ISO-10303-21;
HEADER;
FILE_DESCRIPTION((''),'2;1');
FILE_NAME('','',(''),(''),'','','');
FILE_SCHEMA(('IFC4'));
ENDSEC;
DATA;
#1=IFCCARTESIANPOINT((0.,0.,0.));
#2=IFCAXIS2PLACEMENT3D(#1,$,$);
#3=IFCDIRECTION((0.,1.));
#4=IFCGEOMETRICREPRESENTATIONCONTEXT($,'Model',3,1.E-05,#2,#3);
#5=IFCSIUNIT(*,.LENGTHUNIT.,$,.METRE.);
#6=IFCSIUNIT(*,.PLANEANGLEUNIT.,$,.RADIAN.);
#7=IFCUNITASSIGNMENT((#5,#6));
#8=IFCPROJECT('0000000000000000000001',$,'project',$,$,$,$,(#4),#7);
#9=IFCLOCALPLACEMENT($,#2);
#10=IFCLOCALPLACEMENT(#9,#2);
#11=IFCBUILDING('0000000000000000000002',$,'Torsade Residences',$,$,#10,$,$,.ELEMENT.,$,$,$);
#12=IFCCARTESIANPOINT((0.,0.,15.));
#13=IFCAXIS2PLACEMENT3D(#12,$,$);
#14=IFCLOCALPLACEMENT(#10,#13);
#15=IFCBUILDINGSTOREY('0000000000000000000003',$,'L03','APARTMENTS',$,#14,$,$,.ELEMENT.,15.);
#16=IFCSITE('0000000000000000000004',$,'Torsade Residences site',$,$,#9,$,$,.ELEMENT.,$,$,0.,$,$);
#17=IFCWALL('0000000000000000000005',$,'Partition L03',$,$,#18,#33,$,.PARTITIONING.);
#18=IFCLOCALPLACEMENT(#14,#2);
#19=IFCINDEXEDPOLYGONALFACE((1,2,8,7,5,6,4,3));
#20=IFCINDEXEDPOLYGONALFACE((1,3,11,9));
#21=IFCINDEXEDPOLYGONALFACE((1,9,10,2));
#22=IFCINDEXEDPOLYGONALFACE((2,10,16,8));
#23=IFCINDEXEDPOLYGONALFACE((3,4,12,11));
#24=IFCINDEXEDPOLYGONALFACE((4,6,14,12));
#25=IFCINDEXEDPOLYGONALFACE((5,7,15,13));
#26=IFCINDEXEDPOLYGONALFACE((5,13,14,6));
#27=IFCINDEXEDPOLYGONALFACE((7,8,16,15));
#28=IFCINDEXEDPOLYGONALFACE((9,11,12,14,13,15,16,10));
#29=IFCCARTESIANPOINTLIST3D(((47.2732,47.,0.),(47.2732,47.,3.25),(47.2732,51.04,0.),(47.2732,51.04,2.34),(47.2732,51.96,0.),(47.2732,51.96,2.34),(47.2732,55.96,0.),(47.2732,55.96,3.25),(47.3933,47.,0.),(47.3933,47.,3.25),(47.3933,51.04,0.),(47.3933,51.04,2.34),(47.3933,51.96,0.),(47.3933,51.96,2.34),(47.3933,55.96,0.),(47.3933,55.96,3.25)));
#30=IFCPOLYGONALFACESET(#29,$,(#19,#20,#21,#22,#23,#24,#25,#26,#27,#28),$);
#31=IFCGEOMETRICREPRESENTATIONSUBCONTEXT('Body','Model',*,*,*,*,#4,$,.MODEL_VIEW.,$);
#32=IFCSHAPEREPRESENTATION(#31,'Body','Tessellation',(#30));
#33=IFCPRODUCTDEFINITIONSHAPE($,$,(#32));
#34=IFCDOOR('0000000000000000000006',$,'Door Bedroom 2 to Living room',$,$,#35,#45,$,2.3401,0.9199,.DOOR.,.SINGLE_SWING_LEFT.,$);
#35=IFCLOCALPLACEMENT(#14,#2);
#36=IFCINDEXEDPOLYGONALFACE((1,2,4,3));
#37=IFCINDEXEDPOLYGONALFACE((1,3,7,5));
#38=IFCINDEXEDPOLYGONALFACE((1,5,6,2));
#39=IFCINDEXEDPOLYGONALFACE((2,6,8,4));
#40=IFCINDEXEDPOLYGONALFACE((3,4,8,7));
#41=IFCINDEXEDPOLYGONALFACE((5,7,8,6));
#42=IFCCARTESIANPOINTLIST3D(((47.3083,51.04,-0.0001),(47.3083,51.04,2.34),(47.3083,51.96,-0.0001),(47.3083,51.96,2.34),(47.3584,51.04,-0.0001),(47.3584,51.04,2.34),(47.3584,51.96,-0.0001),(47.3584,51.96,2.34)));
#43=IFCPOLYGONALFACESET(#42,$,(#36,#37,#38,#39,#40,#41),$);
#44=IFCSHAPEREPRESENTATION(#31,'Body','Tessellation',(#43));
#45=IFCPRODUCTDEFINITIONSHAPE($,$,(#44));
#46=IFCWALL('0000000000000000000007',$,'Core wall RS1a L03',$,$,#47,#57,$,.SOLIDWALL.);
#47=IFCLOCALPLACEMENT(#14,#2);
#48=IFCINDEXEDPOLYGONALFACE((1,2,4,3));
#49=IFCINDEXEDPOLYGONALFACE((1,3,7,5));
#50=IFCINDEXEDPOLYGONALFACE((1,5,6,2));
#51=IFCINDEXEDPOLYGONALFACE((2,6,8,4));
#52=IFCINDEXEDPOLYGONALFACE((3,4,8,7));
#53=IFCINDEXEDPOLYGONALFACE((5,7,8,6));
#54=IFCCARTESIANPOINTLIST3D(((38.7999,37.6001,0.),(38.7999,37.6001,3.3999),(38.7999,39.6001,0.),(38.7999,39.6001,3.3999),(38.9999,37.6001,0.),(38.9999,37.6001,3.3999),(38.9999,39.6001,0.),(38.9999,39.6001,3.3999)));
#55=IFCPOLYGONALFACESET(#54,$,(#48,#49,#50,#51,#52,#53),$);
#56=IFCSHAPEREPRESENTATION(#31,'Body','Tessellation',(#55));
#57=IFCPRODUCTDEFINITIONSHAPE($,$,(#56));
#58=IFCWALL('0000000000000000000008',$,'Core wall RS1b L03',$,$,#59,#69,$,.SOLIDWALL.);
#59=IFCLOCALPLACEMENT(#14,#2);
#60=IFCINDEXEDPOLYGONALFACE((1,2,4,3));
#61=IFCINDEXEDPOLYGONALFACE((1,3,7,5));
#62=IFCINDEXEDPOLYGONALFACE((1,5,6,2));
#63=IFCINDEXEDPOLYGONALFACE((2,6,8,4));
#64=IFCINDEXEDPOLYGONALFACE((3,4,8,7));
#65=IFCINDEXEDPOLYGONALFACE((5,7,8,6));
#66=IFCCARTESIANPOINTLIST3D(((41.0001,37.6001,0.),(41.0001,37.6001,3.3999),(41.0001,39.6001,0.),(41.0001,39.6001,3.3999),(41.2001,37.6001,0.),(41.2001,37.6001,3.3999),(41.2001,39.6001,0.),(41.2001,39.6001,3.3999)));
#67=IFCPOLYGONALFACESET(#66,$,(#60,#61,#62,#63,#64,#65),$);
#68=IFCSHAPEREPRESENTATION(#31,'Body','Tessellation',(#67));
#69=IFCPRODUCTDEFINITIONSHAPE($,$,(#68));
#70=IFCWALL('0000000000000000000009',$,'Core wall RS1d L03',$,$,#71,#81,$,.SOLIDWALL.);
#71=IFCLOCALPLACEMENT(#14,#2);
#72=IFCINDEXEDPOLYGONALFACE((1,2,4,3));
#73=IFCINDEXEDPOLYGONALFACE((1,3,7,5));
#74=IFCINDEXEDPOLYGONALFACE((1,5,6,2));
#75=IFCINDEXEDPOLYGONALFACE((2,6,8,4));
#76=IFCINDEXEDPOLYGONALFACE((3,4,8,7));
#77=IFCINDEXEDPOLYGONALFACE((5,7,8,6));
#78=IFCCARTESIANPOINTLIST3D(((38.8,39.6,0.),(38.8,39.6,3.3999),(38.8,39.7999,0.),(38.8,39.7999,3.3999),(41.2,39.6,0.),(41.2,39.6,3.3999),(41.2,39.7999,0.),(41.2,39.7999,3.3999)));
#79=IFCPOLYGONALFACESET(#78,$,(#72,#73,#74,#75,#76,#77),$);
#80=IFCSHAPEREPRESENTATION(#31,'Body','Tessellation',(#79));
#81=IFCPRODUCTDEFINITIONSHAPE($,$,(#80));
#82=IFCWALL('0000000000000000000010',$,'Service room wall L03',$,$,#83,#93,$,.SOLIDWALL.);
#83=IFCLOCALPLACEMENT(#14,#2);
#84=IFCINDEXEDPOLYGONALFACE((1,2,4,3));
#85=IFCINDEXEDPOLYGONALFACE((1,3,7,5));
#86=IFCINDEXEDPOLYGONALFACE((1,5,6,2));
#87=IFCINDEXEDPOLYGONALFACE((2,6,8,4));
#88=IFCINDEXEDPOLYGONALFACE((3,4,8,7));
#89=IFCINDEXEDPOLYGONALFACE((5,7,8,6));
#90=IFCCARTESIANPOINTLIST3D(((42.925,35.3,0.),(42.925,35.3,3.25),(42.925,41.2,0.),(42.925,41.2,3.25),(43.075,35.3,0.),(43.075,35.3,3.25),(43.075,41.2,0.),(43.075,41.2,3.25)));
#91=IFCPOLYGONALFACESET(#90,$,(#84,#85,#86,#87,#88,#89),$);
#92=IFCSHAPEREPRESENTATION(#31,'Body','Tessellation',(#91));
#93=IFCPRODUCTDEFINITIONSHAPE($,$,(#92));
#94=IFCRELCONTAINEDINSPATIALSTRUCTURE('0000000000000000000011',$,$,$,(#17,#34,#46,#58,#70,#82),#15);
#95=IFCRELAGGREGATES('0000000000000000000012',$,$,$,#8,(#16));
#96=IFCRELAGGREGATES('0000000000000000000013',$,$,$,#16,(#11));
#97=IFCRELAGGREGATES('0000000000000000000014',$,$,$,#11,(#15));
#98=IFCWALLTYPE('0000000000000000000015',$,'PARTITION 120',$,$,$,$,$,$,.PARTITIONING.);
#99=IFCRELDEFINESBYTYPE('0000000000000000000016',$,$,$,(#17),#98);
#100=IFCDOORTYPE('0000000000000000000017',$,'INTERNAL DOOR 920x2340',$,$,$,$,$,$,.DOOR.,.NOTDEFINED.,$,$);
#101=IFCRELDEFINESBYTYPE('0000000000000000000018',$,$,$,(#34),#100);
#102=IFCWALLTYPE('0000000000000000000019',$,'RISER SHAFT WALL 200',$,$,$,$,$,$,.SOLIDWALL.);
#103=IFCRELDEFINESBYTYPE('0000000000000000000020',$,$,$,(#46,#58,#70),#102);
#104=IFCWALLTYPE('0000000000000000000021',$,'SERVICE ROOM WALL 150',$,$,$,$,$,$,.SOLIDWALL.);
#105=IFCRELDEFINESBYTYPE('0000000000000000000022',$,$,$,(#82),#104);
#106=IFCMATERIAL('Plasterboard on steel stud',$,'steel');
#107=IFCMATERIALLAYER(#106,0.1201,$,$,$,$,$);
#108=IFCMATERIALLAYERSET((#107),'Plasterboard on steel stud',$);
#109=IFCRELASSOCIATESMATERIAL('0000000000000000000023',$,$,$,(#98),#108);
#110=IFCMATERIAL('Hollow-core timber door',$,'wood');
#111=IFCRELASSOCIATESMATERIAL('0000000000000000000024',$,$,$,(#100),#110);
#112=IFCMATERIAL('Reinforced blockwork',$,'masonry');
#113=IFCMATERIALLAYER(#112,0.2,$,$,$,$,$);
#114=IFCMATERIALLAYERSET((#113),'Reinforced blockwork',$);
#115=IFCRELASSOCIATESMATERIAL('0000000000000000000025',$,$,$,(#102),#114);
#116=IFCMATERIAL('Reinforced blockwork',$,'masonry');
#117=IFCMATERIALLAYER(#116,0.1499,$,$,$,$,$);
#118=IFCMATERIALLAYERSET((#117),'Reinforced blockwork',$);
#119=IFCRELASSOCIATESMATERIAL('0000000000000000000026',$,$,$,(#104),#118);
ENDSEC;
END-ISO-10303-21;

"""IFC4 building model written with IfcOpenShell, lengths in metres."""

from ifc_helpers import new_model, si_unit, direction, frame, frame_2d, origin, place, context, subcontext, project, spatial, rectangle, extrude, material, layer, layer_set, type_object, element, fill, save


model = new_model("IFC4")

# Units and contexts
model_context = context("Model", 3, precision=1e-05, world=origin(), true_north=direction((0.0, 1.0)))
body_context = subcontext(model_context, "Body", "Model", "MODEL_VIEW")
ifc_project = project(units=[si_unit("LENGTHUNIT", "METRE"), si_unit("PLANEANGLEUNIT", "RADIAN")], contexts=[model_context])

# Site, building, storey
site_placement = place(None, origin())
site = spatial("IfcSite", under=ifc_project, at=site_placement, Name="Torsade Residences site", CompositionType="ELEMENT", RefElevation=0.0)
building_placement = place(site_placement, origin())
building = spatial("IfcBuilding", under=site, at=building_placement, Name="Torsade Residences", CompositionType="ELEMENT")
storey_placement = place(building_placement, frame((0.0, 0.0, 15.0)))
storey = spatial("IfcBuildingStorey", under=building, at=storey_placement, Name="L03", Description="APARTMENTS", CompositionType="ELEMENT", Elevation=15.0)

# Wall, opening, door
ifc_material_1 = material(Name="Plasterboard on steel stud", Category="steel")
ifc_layer_1 = layer(ifc_material_1, 0.1201)
ifc_layer_set_1 = layer_set([ifc_layer_1], Name="Plasterboard on steel stud")
wall_type_1 = type_object("IfcWallType", Name="PARTITION 120", PredefinedType="PARTITIONING", material=ifc_layer_set_1)
wall_1_placement = place(storey_placement, frame((47.3333, 47.0, 0.0), z_axis=(0.0, 0.0, 1.0), x_axis=(0.0, 1.0, 0.0)))
wall_1 = element("IfcWall", 1, at=wall_1_placement, inside=storey, type_object=wall_type_1, Name="Partition L03", PredefinedType="PARTITIONING", context=body_context, shape_type="SweptSolid", body=[
    extrude(rectangle(XDim=8.96, YDim=0.1201, at=frame_2d((4.48, 0.0))), origin(), (0.0, 0.0, 1.0), 3.25),
])
opening_1_placement = place(wall_1_placement, frame((4.04, 0.0, 0.0)))
opening_1 = element("IfcOpeningElement", 2, at=opening_1_placement, cuts=wall_1, PredefinedType="OPENING", context=body_context, shape_type="SweptSolid", body=[
    extrude(rectangle(XDim=0.9199, YDim=2.3401, at=frame_2d((0.46, 1.1699))), frame((0.0, 0.0701, 0.0), z_axis=(0.0, -1.0, 0.0), x_axis=(1.0, 0.0, 0.0)), (0.0, 0.0, 1.0), 0.1401),
])
ifc_material_2 = material(Name="Hollow-core timber door", Category="wood")
door_type_1 = type_object("IfcDoorType", Name="INTERNAL DOOR 920x2340", OperationType="NOTDEFINED", PredefinedType="DOOR", material=ifc_material_2)
door_1_placement = place(opening_1_placement, origin())
door_1 = element("IfcDoor", 3, at=door_1_placement, inside=storey, type_object=door_type_1, Name="Door Bedroom 2 to Living room", OperationType="SINGLE_SWING_LEFT", OverallHeight=2.3401, OverallWidth=0.9199, PredefinedType="DOOR", context=body_context, shape_type="SweptSolid", body=[
    extrude(rectangle(XDim=0.9199, YDim=2.3401, at=frame_2d((0.46, 1.1699))), frame((0.0, 0.0249, 0.0), z_axis=(0.0, -1.0, 0.0), x_axis=(1.0, 0.0, 0.0)), (0.0, 0.0, 1.0), 0.05),
])
fill(opening_1, door_1)

# Walls
ifc_material_3 = material(Name="Reinforced blockwork", Category="masonry")
ifc_layer_2 = layer(ifc_material_3, 0.2)
ifc_layer_set_2 = layer_set([ifc_layer_2], Name="Reinforced blockwork")
wall_type_2 = type_object("IfcWallType", Name="RISER SHAFT WALL 200", PredefinedType="SOLIDWALL", material=ifc_layer_set_2)
for number, where, z_axis, x_axis, name in (
    (4, (38.8999, 37.6001, 0.0), (0.0, 0.0, 1.0), (0.0, 1.0, 0.0), "Core wall RS1a L03"),
    (5, (41.1001, 37.6001, 0.0), (0.0, 0.0, 1.0), (0.0, 1.0, 0.0), "Core wall RS1b L03"),
):
    element("IfcWall", number, at=place(storey_placement, frame(where, z_axis=z_axis, x_axis=x_axis)), inside=storey, type_object=wall_type_2, Name=name, PredefinedType="SOLIDWALL", context=body_context, shape_type="SweptSolid", body=[
        extrude(rectangle(XDim=2.0, YDim=0.2, at=frame_2d((1.0, 0.0))), origin(), (0.0, 0.0, 1.0), 3.3999),
    ])
wall_2_placement = place(storey_placement, frame((38.8, 39.7, 0.0), z_axis=(0.0, 0.0, 1.0), x_axis=(1.0, 0.0, 0.0)))
element("IfcWall", 6, at=wall_2_placement, inside=storey, type_object=wall_type_2, Name="Core wall RS1d L03", PredefinedType="SOLIDWALL", context=body_context, shape_type="SweptSolid", body=[
    extrude(rectangle(XDim=2.3999, YDim=0.2, at=frame_2d((1.2, 0.0))), origin(), (0.0, 0.0, 1.0), 3.3999),
])
ifc_material_4 = material(Name="Reinforced blockwork", Category="masonry")
ifc_layer_3 = layer(ifc_material_4, 0.1499)
ifc_layer_set_3 = layer_set([ifc_layer_3], Name="Reinforced blockwork")
wall_type_3 = type_object("IfcWallType", Name="SERVICE ROOM WALL 150", PredefinedType="SOLIDWALL", material=ifc_layer_set_3)
wall_3_placement = place(storey_placement, frame((43.0, 41.2, 0.0), z_axis=(0.0, 0.0, 1.0), x_axis=(0.0, -1.0, 0.0)))
element("IfcWall", 7, at=wall_3_placement, inside=storey, type_object=wall_type_3, Name="Service room wall L03", PredefinedType="SOLIDWALL", context=body_context, shape_type="SweptSolid", body=[
    extrude(rectangle(XDim=5.8999, YDim=0.1499, at=frame_2d((2.95, 0.0))), origin(), (0.0, 0.0, 1.0), 3.25),
])

save(model, "model.ifc")
